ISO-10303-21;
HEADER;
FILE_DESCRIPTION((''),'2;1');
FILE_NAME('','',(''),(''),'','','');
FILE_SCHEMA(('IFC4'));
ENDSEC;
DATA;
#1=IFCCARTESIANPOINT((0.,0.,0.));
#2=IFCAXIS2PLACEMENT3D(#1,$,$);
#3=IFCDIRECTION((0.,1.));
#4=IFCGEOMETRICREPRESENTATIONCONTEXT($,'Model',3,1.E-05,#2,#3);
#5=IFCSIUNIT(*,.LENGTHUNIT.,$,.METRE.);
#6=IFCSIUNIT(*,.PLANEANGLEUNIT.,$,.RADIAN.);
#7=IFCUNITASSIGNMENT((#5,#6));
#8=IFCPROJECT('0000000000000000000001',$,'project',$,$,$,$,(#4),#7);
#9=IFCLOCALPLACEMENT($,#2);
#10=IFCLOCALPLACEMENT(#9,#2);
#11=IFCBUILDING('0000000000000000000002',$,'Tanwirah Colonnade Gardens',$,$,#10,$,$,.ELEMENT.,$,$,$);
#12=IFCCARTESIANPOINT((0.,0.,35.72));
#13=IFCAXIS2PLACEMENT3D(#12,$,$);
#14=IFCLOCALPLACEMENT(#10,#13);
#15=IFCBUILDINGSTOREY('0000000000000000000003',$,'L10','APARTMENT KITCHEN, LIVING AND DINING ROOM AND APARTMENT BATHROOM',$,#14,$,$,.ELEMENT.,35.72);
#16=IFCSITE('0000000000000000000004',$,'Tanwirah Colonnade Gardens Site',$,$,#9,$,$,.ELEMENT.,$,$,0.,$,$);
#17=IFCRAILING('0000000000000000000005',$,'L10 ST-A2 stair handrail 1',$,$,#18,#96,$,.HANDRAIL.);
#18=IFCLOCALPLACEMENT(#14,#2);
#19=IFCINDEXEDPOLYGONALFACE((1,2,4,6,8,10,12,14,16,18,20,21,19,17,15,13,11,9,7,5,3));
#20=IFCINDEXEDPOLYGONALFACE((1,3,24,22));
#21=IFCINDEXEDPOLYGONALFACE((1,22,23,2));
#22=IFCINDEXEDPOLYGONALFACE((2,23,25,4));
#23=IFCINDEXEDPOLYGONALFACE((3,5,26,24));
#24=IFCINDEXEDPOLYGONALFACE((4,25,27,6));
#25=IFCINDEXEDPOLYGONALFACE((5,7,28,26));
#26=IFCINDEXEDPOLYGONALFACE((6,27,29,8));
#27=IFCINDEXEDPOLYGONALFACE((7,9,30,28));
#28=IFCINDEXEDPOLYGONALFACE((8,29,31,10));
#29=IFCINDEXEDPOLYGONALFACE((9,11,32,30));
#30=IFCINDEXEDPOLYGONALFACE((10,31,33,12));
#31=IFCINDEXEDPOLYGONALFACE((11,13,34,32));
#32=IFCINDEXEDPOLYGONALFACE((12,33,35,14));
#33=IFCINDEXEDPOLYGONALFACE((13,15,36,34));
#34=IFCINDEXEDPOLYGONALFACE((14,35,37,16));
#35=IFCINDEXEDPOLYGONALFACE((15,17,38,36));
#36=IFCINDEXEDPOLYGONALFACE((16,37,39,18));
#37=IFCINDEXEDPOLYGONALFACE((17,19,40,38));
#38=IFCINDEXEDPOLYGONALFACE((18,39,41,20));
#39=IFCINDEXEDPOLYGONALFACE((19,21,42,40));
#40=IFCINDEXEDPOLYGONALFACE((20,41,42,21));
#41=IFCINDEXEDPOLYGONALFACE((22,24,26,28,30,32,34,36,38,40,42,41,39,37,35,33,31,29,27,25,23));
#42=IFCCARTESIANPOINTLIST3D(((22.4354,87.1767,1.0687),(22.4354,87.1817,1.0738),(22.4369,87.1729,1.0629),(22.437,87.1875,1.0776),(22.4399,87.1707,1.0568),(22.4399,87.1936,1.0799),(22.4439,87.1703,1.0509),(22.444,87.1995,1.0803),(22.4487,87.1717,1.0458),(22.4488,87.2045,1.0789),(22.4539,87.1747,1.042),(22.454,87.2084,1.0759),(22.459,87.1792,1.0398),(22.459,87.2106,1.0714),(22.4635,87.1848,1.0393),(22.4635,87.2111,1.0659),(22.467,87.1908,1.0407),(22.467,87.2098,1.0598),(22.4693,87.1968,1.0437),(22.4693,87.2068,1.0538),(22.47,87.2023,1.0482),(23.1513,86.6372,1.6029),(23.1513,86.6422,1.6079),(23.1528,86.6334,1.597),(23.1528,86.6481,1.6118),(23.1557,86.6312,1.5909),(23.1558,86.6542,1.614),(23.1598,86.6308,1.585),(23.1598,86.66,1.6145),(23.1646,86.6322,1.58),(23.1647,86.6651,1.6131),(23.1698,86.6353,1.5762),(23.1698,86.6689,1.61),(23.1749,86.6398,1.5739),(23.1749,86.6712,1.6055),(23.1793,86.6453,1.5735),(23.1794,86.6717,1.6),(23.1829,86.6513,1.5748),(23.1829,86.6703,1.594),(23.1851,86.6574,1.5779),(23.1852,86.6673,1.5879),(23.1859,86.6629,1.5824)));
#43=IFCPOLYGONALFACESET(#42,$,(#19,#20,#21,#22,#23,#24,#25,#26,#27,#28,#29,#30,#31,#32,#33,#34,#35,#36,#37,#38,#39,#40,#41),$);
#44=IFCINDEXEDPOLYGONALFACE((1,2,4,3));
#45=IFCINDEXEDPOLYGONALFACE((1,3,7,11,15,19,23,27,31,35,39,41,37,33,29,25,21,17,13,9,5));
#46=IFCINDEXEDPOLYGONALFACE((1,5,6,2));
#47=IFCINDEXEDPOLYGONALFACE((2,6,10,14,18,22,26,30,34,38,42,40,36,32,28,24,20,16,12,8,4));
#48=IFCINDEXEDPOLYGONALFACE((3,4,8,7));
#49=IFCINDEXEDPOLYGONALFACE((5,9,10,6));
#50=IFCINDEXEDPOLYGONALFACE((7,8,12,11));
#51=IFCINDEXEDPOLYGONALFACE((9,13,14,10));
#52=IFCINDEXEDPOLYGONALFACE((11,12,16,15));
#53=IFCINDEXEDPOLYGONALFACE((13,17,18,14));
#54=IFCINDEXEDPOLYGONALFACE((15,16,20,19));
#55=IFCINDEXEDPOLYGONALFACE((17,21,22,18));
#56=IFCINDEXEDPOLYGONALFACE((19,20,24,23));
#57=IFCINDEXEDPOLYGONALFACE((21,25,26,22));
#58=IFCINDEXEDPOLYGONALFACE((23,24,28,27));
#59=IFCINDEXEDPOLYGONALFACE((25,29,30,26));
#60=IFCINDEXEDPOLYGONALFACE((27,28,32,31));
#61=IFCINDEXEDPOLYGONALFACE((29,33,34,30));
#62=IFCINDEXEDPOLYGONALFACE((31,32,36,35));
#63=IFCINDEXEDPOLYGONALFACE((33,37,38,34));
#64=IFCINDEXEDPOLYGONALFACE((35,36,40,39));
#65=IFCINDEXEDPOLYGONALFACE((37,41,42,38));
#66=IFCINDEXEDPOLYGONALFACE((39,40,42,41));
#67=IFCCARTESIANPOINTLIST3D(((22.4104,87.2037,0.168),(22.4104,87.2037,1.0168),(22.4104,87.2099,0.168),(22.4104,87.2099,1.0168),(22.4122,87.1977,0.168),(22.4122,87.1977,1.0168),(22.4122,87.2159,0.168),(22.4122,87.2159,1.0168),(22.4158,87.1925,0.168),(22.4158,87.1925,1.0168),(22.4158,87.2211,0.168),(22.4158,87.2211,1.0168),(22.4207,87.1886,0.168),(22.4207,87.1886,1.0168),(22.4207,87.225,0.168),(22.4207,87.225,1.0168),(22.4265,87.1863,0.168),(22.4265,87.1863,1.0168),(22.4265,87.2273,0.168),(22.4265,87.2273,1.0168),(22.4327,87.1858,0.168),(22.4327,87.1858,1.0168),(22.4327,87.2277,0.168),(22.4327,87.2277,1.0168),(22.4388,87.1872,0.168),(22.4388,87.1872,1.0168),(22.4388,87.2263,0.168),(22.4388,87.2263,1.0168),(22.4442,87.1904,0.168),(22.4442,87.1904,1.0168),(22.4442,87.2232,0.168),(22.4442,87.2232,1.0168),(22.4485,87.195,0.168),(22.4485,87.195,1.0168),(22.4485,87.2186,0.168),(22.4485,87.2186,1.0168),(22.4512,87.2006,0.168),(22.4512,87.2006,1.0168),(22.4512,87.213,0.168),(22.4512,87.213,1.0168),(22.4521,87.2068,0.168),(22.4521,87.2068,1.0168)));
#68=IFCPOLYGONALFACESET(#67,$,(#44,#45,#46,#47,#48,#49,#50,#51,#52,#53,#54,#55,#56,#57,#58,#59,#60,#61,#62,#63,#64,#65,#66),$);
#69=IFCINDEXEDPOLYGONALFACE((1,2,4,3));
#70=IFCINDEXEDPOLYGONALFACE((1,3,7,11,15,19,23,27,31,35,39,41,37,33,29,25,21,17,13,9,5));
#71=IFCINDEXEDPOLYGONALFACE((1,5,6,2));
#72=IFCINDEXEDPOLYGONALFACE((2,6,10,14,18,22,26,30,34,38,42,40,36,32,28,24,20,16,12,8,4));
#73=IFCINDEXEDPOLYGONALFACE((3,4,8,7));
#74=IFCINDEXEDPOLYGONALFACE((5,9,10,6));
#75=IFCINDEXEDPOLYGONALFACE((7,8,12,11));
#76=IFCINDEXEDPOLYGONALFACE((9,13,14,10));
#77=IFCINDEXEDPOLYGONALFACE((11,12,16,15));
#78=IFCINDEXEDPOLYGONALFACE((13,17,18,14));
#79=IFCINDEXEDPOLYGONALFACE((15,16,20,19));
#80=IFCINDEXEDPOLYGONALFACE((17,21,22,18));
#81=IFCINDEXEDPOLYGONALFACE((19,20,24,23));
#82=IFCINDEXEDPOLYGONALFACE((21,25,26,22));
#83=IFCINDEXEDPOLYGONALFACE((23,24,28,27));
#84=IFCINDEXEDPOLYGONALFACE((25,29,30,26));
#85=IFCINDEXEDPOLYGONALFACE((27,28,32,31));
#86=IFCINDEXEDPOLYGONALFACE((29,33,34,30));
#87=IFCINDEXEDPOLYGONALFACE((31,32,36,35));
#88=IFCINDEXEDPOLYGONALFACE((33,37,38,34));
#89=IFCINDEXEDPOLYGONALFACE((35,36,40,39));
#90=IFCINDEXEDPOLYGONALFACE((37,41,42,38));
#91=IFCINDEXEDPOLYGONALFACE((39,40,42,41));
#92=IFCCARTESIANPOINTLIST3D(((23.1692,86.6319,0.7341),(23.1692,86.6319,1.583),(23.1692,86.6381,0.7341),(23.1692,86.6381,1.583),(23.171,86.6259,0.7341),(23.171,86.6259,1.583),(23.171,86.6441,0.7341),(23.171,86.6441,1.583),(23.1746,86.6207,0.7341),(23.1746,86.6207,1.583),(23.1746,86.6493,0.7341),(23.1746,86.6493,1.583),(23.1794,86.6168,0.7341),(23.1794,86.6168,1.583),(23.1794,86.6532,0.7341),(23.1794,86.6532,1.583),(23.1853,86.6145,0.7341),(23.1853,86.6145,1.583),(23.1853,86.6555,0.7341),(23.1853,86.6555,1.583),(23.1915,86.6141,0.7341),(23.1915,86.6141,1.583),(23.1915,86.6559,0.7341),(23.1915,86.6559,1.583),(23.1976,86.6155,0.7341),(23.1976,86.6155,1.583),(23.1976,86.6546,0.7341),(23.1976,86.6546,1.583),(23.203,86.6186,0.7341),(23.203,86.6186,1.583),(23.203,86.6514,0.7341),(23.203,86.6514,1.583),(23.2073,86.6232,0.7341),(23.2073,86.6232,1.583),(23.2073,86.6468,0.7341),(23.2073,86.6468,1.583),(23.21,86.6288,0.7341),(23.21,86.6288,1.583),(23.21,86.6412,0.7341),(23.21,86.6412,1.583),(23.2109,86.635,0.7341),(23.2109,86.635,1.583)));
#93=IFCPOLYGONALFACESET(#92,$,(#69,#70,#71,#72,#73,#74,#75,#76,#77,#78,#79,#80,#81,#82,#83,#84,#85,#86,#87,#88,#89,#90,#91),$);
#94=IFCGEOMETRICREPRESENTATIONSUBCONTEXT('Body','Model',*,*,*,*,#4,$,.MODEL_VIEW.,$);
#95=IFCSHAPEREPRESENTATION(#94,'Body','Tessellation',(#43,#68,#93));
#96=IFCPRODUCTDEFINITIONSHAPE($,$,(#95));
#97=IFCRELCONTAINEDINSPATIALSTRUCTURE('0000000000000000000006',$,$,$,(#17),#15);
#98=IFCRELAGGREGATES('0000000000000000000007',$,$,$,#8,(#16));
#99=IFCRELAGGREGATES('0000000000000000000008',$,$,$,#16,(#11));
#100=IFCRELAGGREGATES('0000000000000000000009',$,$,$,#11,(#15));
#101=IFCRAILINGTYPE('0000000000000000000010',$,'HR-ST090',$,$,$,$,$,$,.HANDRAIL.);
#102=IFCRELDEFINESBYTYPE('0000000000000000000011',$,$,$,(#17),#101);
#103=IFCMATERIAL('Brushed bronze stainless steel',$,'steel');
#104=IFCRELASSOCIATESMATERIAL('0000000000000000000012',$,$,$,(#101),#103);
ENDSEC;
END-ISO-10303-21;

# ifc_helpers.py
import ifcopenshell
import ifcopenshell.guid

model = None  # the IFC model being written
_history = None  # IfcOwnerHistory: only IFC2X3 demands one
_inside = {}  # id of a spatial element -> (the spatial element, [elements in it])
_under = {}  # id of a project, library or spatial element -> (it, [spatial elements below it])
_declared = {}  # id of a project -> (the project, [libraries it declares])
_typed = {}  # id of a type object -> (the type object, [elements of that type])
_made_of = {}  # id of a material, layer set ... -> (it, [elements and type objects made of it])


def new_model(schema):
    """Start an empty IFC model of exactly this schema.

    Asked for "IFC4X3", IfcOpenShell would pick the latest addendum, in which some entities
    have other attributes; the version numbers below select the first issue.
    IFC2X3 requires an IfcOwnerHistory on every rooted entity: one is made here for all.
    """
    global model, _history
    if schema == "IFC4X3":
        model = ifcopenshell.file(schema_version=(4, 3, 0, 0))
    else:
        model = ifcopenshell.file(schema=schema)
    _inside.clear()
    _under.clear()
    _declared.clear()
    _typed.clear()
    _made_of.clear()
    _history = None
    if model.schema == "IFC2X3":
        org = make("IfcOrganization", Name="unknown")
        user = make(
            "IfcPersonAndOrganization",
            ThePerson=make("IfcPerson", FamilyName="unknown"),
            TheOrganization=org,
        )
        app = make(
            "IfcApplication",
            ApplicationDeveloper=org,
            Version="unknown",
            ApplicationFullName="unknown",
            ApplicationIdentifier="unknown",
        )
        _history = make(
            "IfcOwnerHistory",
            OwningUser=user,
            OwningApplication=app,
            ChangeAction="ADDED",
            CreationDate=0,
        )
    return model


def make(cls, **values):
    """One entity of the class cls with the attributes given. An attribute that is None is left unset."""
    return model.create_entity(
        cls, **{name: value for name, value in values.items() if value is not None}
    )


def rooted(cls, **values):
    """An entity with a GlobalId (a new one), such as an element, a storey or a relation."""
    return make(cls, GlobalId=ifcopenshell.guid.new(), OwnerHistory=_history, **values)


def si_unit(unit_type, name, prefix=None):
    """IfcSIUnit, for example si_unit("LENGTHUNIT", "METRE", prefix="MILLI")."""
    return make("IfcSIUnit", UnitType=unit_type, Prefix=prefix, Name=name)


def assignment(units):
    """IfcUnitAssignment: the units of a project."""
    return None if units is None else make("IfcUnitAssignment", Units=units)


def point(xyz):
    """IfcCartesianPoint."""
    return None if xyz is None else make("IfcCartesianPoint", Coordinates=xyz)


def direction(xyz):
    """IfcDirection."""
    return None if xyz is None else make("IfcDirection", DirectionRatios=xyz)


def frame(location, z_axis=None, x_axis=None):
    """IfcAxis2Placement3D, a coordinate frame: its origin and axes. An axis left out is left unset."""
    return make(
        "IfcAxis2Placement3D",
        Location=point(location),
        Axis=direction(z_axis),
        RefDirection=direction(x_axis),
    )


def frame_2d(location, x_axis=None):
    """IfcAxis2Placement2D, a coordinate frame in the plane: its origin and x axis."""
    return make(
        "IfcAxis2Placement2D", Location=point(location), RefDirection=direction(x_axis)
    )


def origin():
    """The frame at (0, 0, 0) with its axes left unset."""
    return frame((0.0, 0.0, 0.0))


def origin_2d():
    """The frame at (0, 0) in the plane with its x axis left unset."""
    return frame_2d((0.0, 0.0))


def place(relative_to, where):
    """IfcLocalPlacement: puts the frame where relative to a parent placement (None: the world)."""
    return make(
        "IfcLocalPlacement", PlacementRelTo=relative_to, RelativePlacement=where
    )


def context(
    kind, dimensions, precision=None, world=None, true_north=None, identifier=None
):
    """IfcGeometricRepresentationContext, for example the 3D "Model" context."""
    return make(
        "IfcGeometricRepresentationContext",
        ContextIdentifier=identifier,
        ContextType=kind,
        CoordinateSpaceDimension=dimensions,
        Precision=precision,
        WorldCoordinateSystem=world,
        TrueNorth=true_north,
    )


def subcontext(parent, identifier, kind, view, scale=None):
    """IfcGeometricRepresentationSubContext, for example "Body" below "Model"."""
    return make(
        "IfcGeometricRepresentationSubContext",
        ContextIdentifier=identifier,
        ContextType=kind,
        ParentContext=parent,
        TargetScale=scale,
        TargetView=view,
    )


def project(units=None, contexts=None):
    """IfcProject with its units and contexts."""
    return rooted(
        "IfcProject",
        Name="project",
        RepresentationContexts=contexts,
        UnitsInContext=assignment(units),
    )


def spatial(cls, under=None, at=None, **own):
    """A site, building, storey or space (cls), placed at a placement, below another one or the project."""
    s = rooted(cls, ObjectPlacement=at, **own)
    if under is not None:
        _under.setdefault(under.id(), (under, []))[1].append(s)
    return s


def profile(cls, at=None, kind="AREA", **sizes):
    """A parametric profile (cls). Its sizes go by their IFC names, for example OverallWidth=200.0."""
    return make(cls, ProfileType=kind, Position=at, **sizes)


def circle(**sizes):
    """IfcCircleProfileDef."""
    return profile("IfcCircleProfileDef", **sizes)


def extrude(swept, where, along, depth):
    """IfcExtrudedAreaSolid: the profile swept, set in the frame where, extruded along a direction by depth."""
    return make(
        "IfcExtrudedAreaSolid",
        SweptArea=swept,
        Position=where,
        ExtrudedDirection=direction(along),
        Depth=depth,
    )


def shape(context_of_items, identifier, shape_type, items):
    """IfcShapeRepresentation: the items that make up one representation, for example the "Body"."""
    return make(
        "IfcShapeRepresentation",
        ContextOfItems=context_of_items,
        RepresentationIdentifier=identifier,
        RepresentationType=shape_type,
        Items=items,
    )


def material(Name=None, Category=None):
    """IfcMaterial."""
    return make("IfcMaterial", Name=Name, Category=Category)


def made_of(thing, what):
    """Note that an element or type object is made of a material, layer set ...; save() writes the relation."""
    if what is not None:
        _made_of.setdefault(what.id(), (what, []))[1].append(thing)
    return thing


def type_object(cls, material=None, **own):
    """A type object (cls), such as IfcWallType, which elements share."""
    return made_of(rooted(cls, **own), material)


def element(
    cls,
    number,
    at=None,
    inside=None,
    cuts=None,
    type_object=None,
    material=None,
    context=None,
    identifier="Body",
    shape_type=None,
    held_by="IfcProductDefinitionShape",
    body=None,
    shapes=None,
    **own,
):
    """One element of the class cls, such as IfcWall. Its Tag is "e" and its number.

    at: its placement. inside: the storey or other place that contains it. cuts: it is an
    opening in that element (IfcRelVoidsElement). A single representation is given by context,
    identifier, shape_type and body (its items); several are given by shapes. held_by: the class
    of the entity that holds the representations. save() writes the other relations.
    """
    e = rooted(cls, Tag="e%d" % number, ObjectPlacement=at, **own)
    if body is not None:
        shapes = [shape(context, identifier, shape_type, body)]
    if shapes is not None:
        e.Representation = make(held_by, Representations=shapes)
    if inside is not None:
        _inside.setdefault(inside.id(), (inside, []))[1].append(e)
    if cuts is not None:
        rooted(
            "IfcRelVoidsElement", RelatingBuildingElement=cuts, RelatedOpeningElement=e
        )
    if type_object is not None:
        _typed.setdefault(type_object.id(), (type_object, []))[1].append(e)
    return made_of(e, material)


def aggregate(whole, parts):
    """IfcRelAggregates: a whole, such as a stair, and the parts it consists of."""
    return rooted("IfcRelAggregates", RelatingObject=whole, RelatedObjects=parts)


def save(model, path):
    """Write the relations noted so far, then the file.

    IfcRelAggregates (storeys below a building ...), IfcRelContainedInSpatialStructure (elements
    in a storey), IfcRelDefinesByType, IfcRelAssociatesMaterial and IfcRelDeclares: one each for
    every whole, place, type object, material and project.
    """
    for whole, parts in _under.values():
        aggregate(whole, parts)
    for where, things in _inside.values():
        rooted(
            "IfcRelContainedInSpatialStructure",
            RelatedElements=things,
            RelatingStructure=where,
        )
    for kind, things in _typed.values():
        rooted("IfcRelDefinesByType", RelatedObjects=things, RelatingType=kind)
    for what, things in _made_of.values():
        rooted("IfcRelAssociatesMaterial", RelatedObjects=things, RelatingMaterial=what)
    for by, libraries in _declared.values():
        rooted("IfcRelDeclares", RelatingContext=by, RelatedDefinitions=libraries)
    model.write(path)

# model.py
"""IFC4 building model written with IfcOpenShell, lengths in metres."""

from ifc_helpers import new_model, si_unit, direction, frame, origin, origin_2d, place, context, subcontext, project, spatial, circle, extrude, material, type_object, element, save


model = new_model("IFC4")

# Units and contexts
model_context = context("Model", 3, precision=1e-05, world=origin(), true_north=direction((0.0, 1.0)))
body_context = subcontext(model_context, "Body", "Model", "MODEL_VIEW")
ifc_project = project(units=[si_unit("LENGTHUNIT", "METRE"), si_unit("PLANEANGLEUNIT", "RADIAN")], contexts=[model_context])

# Site, building, storey
site_placement = place(None, origin())
site = spatial("IfcSite", under=ifc_project, at=site_placement, Name="Tanwirah Colonnade Gardens Site", CompositionType="ELEMENT", RefElevation=0.0)
building_placement = place(site_placement, origin())
building = spatial("IfcBuilding", under=site, at=building_placement, Name="Tanwirah Colonnade Gardens", CompositionType="ELEMENT")
storey_placement = place(building_placement, frame((0.0, 0.0, 35.72)))
storey = spatial("IfcBuildingStorey", under=building, at=storey_placement, Name="L10", Description="APARTMENT KITCHEN, LIVING AND DINING ROOM AND APARTMENT BATHROOM", CompositionType="ELEMENT", Elevation=35.72)

# Railing
ifc_material_1 = material(Name="Brushed bronze stainless steel", Category="steel")
railing_type = type_object("IfcRailingType", Name="HR-ST090", PredefinedType="HANDRAIL", material=ifc_material_1)
railing_placement = place(storey_placement, frame((22.4312, 87.2068, 0.168)))
element("IfcRailing", 1, at=railing_placement, inside=storey, type_object=railing_type, Name="L10 ST-A2 stair handrail 1", PredefinedType="HANDRAIL", context=body_context, shape_type="SweptSolid", body=[
    extrude(circle(Radius=0.0239, at=origin_2d()), frame((0.0215, -0.0161, 0.8918), z_axis=(0.686068, -0.516979, 0.511902), x_axis=(0.601807, 0.798641, 0.0)), (0.0, 0.0, 1.0), 1.0435),
    extrude(circle(Radius=0.021, at=origin_2d()), origin(), (0.0, 0.0, 1.0), 0.8489),
    extrude(circle(Radius=0.021, at=origin_2d()), frame((0.7588, -0.5718, 0.5662)), (0.0, 0.0, 1.0), 0.8489),
])

save(model, "model.ifc")
